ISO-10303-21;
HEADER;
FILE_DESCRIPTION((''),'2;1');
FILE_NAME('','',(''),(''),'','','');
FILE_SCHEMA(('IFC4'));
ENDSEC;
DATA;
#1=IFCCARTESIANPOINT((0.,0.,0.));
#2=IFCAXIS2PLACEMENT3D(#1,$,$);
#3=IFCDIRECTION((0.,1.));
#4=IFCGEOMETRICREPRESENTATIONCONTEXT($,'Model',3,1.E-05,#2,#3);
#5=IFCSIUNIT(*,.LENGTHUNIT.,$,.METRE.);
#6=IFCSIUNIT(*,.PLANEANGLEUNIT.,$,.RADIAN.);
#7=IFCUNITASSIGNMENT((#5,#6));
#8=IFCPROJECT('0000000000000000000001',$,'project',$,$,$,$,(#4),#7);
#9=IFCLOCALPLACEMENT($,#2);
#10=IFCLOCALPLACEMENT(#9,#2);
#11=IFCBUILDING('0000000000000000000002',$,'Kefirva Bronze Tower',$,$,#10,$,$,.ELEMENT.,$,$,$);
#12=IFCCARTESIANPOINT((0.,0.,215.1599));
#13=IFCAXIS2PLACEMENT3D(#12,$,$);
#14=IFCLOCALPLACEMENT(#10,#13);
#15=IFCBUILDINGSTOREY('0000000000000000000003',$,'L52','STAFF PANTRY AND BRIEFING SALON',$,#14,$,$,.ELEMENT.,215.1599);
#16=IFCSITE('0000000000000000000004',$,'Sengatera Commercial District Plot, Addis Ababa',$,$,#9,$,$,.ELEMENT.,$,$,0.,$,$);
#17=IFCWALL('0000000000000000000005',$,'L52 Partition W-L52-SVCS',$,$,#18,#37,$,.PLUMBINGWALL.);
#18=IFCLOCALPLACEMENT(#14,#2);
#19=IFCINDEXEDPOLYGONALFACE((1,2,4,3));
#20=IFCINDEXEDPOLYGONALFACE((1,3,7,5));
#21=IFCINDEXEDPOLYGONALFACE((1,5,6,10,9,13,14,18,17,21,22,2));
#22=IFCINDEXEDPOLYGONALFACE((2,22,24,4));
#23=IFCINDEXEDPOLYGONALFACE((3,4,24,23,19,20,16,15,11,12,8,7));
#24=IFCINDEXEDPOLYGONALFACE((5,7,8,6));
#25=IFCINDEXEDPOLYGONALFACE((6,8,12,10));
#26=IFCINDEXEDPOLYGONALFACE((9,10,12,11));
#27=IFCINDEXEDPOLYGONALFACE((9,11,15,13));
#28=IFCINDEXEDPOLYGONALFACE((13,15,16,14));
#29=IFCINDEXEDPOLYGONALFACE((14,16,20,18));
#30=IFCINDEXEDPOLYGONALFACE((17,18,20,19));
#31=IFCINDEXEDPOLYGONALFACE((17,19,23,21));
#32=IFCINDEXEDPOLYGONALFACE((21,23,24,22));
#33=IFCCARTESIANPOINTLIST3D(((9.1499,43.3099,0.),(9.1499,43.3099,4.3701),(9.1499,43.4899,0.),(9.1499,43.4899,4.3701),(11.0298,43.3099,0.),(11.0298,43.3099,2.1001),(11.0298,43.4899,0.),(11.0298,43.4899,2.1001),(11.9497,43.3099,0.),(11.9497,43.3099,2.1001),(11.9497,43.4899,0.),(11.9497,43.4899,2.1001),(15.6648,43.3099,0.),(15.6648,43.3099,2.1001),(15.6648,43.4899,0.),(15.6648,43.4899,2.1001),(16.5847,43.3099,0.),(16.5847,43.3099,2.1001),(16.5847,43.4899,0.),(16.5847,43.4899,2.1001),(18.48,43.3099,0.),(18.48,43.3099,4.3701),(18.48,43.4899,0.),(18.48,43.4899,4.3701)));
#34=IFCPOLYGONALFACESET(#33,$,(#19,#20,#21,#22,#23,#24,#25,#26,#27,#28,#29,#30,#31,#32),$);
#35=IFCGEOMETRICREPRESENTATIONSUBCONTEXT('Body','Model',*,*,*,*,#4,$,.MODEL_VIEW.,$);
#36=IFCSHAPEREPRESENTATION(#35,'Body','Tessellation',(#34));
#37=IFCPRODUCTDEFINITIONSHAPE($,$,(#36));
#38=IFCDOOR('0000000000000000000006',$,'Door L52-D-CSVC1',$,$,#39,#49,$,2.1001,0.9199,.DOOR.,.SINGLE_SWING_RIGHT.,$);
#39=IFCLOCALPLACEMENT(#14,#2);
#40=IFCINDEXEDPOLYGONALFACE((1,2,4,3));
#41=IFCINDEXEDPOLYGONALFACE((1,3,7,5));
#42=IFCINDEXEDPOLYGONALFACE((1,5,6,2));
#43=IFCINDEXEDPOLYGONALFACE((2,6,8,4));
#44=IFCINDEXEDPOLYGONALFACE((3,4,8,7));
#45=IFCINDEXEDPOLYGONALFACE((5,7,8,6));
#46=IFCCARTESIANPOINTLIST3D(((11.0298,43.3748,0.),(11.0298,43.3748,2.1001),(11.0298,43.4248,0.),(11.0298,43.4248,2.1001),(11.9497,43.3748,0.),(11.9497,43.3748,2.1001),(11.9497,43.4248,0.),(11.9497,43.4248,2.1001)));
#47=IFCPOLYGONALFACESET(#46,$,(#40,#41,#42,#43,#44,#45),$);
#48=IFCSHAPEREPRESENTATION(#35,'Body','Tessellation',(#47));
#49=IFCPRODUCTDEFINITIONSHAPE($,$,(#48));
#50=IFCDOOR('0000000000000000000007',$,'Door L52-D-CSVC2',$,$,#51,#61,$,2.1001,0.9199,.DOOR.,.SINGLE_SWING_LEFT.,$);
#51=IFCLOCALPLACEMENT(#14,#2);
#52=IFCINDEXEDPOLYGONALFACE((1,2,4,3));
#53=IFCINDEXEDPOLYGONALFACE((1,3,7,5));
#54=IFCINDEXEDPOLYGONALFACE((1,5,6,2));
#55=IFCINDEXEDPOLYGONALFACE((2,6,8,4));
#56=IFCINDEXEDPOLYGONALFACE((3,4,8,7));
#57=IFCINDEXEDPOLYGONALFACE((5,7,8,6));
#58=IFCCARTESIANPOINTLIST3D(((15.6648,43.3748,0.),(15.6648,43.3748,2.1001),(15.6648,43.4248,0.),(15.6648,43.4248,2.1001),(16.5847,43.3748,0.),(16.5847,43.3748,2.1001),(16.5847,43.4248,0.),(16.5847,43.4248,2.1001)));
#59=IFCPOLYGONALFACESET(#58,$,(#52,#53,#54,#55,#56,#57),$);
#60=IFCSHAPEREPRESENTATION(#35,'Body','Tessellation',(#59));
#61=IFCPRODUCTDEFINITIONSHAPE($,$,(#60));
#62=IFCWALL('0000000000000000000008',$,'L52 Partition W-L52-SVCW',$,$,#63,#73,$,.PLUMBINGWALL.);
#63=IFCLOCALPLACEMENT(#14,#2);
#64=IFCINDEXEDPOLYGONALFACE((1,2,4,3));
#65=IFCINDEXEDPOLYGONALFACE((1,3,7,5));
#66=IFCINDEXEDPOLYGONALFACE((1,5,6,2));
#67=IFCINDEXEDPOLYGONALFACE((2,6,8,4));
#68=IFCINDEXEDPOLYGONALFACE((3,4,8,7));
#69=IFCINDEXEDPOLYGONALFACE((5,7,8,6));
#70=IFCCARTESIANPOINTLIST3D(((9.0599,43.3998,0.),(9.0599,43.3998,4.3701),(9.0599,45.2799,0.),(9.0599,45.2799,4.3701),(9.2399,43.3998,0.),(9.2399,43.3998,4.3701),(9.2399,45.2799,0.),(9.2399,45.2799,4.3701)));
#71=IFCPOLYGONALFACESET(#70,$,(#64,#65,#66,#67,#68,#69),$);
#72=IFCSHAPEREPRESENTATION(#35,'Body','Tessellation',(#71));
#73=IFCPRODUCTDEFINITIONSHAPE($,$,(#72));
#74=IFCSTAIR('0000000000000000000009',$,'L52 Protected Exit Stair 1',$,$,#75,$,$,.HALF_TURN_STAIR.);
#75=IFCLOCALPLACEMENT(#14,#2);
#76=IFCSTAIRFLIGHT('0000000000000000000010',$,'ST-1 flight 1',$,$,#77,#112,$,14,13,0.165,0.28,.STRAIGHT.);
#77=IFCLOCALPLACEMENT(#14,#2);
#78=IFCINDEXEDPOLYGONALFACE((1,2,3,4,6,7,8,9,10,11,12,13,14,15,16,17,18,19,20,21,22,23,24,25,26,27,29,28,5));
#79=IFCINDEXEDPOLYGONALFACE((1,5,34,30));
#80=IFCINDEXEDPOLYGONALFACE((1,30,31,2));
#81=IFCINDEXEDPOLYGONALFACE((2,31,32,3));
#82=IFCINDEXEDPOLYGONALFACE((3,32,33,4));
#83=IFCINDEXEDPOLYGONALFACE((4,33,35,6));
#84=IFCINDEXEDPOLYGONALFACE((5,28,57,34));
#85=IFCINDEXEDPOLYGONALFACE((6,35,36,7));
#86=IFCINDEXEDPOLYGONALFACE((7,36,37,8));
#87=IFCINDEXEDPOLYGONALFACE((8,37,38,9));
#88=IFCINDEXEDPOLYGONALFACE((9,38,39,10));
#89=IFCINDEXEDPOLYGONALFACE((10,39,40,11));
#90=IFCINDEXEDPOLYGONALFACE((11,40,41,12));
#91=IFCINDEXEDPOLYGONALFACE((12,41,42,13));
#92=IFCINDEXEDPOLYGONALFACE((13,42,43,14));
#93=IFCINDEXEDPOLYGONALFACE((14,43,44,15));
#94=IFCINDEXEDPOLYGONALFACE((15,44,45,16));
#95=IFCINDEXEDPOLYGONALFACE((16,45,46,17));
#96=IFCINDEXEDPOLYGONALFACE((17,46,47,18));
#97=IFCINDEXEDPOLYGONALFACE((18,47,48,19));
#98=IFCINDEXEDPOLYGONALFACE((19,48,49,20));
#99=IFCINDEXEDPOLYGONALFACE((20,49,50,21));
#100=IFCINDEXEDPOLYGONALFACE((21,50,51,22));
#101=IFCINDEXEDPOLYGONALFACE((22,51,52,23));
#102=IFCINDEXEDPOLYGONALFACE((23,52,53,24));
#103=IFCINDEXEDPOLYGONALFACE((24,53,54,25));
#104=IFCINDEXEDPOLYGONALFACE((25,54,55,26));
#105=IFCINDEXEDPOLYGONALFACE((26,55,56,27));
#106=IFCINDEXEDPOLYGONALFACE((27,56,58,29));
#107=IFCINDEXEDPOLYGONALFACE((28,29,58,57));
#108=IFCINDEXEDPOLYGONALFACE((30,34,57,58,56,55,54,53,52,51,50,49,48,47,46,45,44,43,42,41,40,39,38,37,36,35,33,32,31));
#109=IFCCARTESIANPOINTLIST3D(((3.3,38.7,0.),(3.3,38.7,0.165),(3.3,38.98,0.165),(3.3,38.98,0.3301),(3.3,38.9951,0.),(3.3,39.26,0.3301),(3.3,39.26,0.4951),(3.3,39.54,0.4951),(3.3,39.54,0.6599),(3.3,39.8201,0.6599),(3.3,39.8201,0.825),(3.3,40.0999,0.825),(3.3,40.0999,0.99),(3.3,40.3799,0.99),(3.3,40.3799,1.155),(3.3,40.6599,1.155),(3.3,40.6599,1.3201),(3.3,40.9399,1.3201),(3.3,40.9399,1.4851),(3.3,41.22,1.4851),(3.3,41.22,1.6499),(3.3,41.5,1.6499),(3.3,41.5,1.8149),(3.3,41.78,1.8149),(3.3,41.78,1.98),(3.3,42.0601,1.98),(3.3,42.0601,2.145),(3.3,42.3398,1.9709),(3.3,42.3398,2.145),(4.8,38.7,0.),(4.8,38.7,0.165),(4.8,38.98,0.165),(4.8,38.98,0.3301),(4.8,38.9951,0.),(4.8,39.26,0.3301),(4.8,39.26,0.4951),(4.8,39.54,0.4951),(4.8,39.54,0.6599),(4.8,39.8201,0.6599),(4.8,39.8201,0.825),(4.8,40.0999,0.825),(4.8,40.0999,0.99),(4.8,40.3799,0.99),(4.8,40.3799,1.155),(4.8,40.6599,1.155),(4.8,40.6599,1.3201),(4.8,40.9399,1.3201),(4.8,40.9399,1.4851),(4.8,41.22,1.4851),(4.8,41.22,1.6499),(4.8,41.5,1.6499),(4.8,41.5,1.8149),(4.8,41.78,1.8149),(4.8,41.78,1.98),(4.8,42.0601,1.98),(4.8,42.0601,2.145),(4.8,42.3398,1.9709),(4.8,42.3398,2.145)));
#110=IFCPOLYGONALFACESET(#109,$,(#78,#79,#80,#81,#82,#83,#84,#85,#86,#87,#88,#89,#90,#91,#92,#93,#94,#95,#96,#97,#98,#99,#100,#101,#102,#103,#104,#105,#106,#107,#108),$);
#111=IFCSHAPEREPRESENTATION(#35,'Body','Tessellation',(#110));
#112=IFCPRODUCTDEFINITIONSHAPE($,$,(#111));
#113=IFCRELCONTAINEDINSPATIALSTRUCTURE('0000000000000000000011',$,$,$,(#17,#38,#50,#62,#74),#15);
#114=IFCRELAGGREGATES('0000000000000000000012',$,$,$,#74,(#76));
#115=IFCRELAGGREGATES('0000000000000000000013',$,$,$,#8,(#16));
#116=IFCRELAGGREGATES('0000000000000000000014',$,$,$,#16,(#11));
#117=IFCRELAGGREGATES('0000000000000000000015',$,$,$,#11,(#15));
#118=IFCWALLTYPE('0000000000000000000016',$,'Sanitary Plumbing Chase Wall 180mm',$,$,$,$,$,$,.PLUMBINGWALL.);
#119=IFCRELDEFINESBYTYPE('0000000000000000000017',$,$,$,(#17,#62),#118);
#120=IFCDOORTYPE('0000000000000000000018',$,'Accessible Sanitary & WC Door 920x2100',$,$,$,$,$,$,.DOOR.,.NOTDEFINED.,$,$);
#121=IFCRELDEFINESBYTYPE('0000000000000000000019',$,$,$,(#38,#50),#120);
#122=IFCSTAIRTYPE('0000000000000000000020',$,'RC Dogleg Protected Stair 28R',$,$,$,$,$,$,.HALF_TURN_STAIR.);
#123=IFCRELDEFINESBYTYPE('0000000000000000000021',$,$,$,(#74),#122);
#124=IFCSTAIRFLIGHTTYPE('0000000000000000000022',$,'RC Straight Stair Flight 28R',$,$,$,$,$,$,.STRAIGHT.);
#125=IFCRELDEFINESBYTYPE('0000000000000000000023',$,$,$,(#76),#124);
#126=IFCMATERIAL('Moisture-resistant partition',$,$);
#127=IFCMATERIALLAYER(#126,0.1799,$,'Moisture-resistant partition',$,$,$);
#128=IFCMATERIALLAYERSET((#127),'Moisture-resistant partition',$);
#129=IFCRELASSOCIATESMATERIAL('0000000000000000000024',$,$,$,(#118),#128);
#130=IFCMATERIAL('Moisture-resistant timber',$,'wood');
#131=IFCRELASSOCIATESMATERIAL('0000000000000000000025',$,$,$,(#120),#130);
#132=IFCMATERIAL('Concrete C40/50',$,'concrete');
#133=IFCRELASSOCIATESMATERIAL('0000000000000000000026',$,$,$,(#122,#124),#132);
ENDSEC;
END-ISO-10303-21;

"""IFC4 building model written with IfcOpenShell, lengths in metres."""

from ifc_helpers import new_model, si_unit, direction, frame, frame_2d, origin, place, context, subcontext, project, spatial, polyline, rectangle, outline, extrude, material, layer, layer_set, type_object, element, fill, aggregate, save


model = new_model("IFC4")

# Units and contexts
model_context = context("Model", 3, precision=1e-05, world=origin(), true_north=direction((0.0, 1.0)))
body_context = subcontext(model_context, "Body", "Model", "MODEL_VIEW")
ifc_project = project(units=[si_unit("LENGTHUNIT", "METRE"), si_unit("PLANEANGLEUNIT", "RADIAN")], contexts=[model_context])

# Site, building, storey
site_placement = place(None, origin())
site = spatial("IfcSite", under=ifc_project, at=site_placement, Name="Sengatera Commercial District Plot, Addis Ababa", CompositionType="ELEMENT", RefElevation=0.0)
building_placement = place(site_placement, origin())
building = spatial("IfcBuilding", under=site, at=building_placement, Name="Kefirva Bronze Tower", CompositionType="ELEMENT")
storey_placement = place(building_placement, frame((0.0, 0.0, 215.1599)))
storey = spatial("IfcBuildingStorey", under=building, at=storey_placement, Name="L52", Description="STAFF PANTRY AND BRIEFING SALON", CompositionType="ELEMENT", Elevation=215.1599)

# Wall, openings, doors
ifc_material_1 = material(Name="Moisture-resistant partition")
ifc_layer_1 = layer(ifc_material_1, 0.1799, Name="Moisture-resistant partition")
ifc_layer_set_1 = layer_set([ifc_layer_1], Name="Moisture-resistant partition")
wall_type_1 = type_object("IfcWallType", Name="Sanitary Plumbing Chase Wall 180mm", PredefinedType="PLUMBINGWALL", material=ifc_layer_set_1)
wall_1_placement = place(storey_placement, frame((9.1499, 43.3999, 0.0), z_axis=(0.0, 0.0, 1.0), x_axis=(1.0, 0.0, 0.0)))
wall_1 = element("IfcWall", 1, at=wall_1_placement, inside=storey, type_object=wall_type_1, Name="L52 Partition W-L52-SVCS", PredefinedType="PLUMBINGWALL", context=body_context, shape_type="SweptSolid", body=[
    extrude(rectangle(XDim=9.3301, YDim=0.1799, at=frame_2d((4.665, 0.0))), origin(), (0.0, 0.0, 1.0), 4.3701),
])
opening_1_placement = place(wall_1_placement, frame((1.8799, 0.0, 0.0)))
opening_1 = element("IfcOpeningElement", 2, at=opening_1_placement, cuts=wall_1, PredefinedType="OPENING", context=body_context, shape_type="SweptSolid", body=[
    extrude(rectangle(XDim=0.9199, YDim=2.1001, at=frame_2d((0.46, 1.05))), frame((0.0, 0.1001, 0.0), z_axis=(0.0, -1.0, 0.0), x_axis=(1.0, 0.0, 0.0)), (0.0, 0.0, 1.0), 0.2),
])
opening_2_placement = place(wall_1_placement, frame((6.5149, 0.0, 0.0)))
opening_2 = element("IfcOpeningElement", 3, at=opening_2_placement, cuts=wall_1, PredefinedType="OPENING", context=body_context, shape_type="SweptSolid", body=[
    extrude(rectangle(XDim=0.9199, YDim=2.1001, at=frame_2d((0.46, 1.05))), frame((0.0, 0.1001, 0.0), z_axis=(0.0, -1.0, 0.0), x_axis=(1.0, 0.0, 0.0)), (0.0, 0.0, 1.0), 0.2),
])
ifc_material_2 = material(Name="Moisture-resistant timber", Category="wood")
door_type_1 = type_object("IfcDoorType", Name="Accessible Sanitary & WC Door 920x2100", OperationType="NOTDEFINED", PredefinedType="DOOR", material=ifc_material_2)
door_1_placement = place(opening_1_placement, origin())
door_1 = element("IfcDoor", 4, at=door_1_placement, inside=storey, type_object=door_type_1, Name="Door L52-D-CSVC1", OperationType="SINGLE_SWING_RIGHT", OverallHeight=2.1001, OverallWidth=0.9199, PredefinedType="DOOR", context=body_context, shape_type="SweptSolid", body=[
    extrude(rectangle(XDim=0.9199, YDim=2.1001, at=frame_2d((0.46, 1.05))), frame((0.0, 0.0249, 0.0), z_axis=(0.0, -1.0, 0.0), x_axis=(1.0, 0.0, 0.0)), (0.0, 0.0, 1.0), 0.05),
])
fill(opening_1, door_1)
door_2_placement = place(opening_2_placement, origin())
door_2 = element("IfcDoor", 5, at=door_2_placement, inside=storey, type_object=door_type_1, Name="Door L52-D-CSVC2", OperationType="SINGLE_SWING_LEFT", OverallHeight=2.1001, OverallWidth=0.9199, PredefinedType="DOOR", context=body_context, shape_type="SweptSolid", body=[
    extrude(rectangle(XDim=0.9199, YDim=2.1001, at=frame_2d((0.46, 1.05))), frame((0.0, 0.0249, 0.0), z_axis=(0.0, -1.0, 0.0), x_axis=(1.0, 0.0, 0.0)), (0.0, 0.0, 1.0), 0.05),
])
fill(opening_2, door_2)

# Wall
wall_2_placement = place(storey_placement, frame((9.1499, 43.3999, 0.0), z_axis=(0.0, 0.0, 1.0), x_axis=(0.0, 1.0, 0.0)))
element("IfcWall", 6, at=wall_2_placement, inside=storey, type_object=wall_type_1, Name="L52 Partition W-L52-SVCW", PredefinedType="PLUMBINGWALL", context=body_context, shape_type="SweptSolid", body=[
    extrude(rectangle(XDim=1.8801, YDim=0.1799, at=frame_2d((0.9399, 0.0))), origin(), (0.0, 0.0, 1.0), 4.3701),
])

# Stair, stair flight
ifc_material_3 = material(Name="Concrete C40/50", Category="concrete")
stair_type = type_object("IfcStairType", Name="RC Dogleg Protected Stair 28R", PredefinedType="HALF_TURN_STAIR", material=ifc_material_3)
stair_placement = place(storey_placement, origin())
stair = element("IfcStair", 7, at=stair_placement, inside=storey, type_object=stair_type, Name="L52 Protected Exit Stair 1", PredefinedType="HALF_TURN_STAIR")
stair_flight_type = type_object("IfcStairFlightType", Name="RC Straight Stair Flight 28R", PredefinedType="STRAIGHT", material=ifc_material_3)
stair_flight_placement = place(storey_placement, frame((4.05, 38.7, 0.0), z_axis=(0.0, 0.0, 1.0), x_axis=(0.0, 1.0, 0.0)))
stair_flight = element("IfcStairFlight", 8, at=stair_flight_placement, type_object=stair_flight_type, Name="ST-1 flight 1", NumberOfRisers=14, NumberOfTreads=13, PredefinedType="STRAIGHT", RiserHeight=0.165, TreadLength=0.28, context=body_context, shape_type="SweptSolid", body=[
    extrude(outline(polyline([(0.0, 0.0), (0.0, 0.165), (0.28, 0.165), (0.28, 0.3301), (0.5601, 0.3301), (0.5601, 0.4951), (0.8401, 0.4951), (0.8401, 0.6599), (1.1201, 0.6599), (1.1201, 0.825), (1.3999, 0.825), (1.3999, 0.99), (1.6799, 0.99), (1.6799, 1.155), (1.96, 1.155), (1.96, 1.3201), (2.24, 1.3201), (2.24, 1.4851), (2.52, 1.4851), (2.52, 1.6499), (2.8, 1.6499), (2.8, 1.8149), (3.0801, 1.8149), (3.0801, 1.98), (3.3601, 1.98), (3.3601, 2.145), (3.6399, 2.145), (3.6399, 2.3101), (3.6399, 1.9709), (0.2952, 0.0), (0.0, 0.0)])), frame((0.0, 0.75, 0.0), z_axis=(0.0, -1.0, 0.0), x_axis=(1.0, 0.0, 0.0)), (0.0, 0.0, 1.0), 1.5),
])
aggregate(stair, [stair_flight])

save(model, "model.ifc")
